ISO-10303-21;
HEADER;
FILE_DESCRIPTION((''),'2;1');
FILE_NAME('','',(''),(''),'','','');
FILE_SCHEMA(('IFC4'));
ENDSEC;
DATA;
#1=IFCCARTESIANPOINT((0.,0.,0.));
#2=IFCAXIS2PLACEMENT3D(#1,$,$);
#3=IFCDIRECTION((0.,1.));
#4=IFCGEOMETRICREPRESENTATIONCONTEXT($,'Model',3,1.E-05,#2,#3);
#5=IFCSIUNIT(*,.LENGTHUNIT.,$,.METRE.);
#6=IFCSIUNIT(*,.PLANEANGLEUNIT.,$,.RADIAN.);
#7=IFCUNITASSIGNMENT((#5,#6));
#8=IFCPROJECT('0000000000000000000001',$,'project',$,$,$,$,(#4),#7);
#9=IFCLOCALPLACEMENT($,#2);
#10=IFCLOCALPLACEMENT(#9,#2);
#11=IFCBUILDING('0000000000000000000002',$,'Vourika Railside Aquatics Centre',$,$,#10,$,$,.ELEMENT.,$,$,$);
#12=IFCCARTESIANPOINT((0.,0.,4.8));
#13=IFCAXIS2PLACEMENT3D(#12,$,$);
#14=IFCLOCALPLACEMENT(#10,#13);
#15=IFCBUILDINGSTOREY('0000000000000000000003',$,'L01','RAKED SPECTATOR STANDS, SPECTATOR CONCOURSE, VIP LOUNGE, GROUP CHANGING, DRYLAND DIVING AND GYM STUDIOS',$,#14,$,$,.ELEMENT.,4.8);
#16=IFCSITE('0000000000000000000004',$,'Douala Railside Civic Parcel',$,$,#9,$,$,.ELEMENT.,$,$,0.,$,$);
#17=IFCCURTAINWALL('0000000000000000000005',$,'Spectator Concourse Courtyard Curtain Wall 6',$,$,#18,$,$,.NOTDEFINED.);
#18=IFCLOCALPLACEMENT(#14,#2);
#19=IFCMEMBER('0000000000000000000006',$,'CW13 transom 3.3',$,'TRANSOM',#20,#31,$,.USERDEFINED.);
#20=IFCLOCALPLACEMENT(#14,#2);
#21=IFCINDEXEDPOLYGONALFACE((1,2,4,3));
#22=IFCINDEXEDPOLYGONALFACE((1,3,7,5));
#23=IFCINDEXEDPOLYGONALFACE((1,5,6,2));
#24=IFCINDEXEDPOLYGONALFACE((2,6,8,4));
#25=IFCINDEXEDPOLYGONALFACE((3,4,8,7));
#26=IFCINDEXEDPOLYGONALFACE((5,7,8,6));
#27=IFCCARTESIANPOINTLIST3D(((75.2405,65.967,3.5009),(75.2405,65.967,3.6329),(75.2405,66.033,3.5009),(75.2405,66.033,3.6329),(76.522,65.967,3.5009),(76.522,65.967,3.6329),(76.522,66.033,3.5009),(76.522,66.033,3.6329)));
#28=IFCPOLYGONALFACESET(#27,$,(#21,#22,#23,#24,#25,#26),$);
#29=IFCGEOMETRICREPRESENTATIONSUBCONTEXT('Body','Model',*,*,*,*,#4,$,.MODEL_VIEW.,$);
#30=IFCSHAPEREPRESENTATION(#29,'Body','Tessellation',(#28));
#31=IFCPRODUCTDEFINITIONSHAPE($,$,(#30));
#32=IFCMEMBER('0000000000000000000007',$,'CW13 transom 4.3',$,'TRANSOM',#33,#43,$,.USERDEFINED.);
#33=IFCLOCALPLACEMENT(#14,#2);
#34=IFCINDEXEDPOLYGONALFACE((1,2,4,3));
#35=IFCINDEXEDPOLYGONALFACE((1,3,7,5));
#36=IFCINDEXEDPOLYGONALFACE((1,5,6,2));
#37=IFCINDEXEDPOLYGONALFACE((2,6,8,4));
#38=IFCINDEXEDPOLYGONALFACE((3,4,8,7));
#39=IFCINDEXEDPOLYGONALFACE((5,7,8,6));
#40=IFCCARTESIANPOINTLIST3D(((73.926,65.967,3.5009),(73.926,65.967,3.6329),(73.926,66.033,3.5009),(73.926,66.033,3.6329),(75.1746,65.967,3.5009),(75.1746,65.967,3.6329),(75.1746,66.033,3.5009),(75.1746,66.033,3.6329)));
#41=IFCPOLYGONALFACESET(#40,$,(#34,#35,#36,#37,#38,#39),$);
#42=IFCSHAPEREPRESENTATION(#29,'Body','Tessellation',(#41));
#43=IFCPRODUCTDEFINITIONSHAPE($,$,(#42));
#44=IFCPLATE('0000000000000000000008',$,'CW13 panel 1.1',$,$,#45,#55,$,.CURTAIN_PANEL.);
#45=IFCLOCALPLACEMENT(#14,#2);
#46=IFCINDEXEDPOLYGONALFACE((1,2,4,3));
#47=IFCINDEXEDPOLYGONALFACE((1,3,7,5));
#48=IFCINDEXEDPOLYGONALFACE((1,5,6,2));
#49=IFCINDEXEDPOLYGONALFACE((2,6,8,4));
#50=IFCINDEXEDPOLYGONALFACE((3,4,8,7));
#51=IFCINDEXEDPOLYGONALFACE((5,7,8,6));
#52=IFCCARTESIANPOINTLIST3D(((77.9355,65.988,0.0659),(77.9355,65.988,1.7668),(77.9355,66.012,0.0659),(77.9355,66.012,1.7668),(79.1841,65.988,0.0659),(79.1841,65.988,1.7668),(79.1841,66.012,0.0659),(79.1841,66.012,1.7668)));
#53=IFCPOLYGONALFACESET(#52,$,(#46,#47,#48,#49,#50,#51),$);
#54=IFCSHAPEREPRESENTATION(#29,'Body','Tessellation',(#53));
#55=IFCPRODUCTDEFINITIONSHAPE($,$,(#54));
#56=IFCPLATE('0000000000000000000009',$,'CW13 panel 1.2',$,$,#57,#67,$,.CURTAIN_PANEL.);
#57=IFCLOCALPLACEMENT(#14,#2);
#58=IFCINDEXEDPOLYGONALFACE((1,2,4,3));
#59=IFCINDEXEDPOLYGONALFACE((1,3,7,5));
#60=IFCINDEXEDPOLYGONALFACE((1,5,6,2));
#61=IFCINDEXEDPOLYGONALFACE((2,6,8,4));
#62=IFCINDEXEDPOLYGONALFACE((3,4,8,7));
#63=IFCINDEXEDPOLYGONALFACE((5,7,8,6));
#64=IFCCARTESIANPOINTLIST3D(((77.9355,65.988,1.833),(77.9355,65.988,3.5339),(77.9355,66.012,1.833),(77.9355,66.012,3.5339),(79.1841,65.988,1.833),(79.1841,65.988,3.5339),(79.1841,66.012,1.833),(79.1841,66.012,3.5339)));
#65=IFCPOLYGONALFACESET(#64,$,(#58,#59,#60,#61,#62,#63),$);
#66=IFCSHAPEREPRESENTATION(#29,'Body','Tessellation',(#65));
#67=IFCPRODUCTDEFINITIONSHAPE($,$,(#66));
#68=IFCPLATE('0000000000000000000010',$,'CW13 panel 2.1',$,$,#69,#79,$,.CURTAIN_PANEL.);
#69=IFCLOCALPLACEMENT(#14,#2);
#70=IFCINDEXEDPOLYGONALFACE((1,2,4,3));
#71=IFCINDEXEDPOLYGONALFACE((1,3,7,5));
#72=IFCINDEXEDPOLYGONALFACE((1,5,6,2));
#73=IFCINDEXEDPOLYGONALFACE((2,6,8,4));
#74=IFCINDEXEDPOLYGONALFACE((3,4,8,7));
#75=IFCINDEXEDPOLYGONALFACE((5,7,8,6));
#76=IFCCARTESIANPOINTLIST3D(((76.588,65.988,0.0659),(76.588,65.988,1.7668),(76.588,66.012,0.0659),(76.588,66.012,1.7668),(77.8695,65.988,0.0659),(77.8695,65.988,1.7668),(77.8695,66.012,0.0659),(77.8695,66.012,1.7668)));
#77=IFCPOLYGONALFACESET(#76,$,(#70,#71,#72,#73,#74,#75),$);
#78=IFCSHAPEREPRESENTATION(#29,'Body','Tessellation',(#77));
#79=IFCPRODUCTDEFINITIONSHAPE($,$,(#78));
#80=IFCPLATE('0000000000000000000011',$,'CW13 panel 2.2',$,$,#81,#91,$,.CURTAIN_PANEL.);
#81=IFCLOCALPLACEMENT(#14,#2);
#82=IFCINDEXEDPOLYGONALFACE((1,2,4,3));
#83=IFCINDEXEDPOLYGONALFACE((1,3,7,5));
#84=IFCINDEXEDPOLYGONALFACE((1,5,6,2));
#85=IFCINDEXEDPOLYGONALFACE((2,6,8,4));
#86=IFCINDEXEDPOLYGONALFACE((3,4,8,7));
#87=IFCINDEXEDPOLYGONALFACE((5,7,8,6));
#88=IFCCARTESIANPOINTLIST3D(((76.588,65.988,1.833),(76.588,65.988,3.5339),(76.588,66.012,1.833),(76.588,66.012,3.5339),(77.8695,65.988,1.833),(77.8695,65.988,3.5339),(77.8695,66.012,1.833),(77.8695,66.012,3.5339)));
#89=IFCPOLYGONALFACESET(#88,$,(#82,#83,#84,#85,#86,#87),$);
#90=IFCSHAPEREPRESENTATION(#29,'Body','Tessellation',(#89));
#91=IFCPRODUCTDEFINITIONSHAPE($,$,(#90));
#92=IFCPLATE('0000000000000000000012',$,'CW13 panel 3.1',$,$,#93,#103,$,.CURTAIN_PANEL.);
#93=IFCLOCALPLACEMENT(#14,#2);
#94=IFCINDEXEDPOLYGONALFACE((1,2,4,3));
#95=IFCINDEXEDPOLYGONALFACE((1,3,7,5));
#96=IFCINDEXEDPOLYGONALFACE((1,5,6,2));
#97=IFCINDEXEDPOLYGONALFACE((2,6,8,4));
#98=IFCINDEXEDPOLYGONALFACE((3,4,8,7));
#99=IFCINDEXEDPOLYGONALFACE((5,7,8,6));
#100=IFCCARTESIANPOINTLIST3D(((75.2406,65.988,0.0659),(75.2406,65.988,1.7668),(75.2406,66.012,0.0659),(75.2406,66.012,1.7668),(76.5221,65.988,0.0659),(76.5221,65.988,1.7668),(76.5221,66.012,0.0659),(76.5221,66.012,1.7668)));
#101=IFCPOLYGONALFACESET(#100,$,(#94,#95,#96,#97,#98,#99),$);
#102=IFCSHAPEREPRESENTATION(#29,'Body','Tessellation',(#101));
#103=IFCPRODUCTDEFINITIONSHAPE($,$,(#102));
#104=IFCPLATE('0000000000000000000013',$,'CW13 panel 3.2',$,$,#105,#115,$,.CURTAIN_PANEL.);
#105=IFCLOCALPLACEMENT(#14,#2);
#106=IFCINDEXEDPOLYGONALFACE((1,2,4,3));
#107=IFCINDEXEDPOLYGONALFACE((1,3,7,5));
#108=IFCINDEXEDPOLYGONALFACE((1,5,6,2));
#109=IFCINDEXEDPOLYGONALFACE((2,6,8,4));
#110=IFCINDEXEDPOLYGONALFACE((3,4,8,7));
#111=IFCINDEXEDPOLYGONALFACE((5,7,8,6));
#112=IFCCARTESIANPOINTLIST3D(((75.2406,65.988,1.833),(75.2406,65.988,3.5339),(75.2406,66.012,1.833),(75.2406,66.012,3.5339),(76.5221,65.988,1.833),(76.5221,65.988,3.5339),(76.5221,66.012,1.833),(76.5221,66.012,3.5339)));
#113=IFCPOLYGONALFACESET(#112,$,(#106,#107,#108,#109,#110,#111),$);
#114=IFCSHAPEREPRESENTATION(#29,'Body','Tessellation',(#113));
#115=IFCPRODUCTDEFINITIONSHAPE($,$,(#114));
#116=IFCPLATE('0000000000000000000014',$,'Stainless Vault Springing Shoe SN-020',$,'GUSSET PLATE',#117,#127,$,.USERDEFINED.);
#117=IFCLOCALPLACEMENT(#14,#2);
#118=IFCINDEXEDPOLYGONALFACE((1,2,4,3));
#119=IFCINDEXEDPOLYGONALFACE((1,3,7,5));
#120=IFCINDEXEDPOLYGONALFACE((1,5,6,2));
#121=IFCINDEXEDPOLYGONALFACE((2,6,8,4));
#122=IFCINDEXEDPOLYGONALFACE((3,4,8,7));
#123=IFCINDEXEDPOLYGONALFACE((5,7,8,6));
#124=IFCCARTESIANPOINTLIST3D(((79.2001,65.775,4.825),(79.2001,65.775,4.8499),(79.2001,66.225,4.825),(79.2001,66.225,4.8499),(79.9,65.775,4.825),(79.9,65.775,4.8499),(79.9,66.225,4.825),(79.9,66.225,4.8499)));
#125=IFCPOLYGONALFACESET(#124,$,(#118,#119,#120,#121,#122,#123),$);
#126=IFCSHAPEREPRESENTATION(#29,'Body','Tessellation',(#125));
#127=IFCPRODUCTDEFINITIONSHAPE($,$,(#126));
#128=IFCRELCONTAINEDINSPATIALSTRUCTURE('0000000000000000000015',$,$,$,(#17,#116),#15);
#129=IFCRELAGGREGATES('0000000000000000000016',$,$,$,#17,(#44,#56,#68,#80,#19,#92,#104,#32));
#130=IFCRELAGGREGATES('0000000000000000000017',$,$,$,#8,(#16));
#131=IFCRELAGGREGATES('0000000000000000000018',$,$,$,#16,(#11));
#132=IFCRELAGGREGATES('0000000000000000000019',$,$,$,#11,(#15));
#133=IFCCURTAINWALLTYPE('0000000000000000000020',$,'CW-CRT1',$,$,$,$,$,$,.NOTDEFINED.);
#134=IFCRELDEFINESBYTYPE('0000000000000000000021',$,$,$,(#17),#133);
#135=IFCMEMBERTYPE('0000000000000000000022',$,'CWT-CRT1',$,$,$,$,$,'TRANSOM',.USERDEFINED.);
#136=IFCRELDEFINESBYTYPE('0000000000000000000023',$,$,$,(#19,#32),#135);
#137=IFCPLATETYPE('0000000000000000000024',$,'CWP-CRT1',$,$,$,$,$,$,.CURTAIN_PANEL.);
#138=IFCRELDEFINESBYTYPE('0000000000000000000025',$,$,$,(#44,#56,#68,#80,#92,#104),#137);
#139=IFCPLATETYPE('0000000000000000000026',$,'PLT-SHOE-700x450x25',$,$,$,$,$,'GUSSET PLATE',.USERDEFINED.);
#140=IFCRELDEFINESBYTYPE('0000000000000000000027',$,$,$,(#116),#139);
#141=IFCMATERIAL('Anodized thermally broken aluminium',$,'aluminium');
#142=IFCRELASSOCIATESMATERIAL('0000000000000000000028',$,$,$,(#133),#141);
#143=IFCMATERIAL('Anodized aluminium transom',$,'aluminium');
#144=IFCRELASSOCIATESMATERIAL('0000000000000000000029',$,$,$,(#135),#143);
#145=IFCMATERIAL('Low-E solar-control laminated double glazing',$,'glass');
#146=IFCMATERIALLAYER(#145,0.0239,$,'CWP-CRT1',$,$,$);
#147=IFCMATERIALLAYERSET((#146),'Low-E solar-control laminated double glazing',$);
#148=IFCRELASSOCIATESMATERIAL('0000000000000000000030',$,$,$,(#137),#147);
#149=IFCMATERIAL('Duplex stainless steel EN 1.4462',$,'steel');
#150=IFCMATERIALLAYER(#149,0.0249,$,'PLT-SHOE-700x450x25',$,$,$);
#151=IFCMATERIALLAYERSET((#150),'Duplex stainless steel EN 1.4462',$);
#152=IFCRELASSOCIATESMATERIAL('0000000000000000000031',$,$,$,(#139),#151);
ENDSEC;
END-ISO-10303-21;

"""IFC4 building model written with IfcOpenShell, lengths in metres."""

from ifc_helpers import new_model, si_unit, direction, frame, origin, origin_2d, place, context, subcontext, project, spatial, rectangle, extrude, material, layer, layer_set, material_profile, profile_set, type_object, element, aggregate, save


model = new_model("IFC4")

# Units and contexts
model_context = context("Model", 3, precision=1e-05, world=origin(), true_north=direction((0.0, 1.0)))
body_context = subcontext(model_context, "Body", "Model", "MODEL_VIEW")
ifc_project = project(units=[si_unit("LENGTHUNIT", "METRE"), si_unit("PLANEANGLEUNIT", "RADIAN")], contexts=[model_context])

# Site, building, storey
site_placement = place(None, origin())
site = spatial("IfcSite", under=ifc_project, at=site_placement, Name="Douala Railside Civic Parcel", CompositionType="ELEMENT", RefElevation=0.0)
building_placement = place(site_placement, origin())
building = spatial("IfcBuilding", under=site, at=building_placement, Name="Vourika Railside Aquatics Centre", CompositionType="ELEMENT")
storey_placement = place(building_placement, frame((0.0, 0.0, 4.8)))
storey = spatial("IfcBuildingStorey", under=building, at=storey_placement, Name="L01", Description="RAKED SPECTATOR STANDS, SPECTATOR CONCOURSE, VIP LOUNGE, GROUP CHANGING, DRYLAND DIVING AND GYM STUDIOS", CompositionType="ELEMENT", Elevation=4.8)

# Curtain wall, members, plates
ifc_material_1 = material(Name="Anodized thermally broken aluminium", Category="aluminium")
curtain_wall_type = type_object("IfcCurtainWallType", Name="CW-CRT1", PredefinedType="NOTDEFINED", material=ifc_material_1)
curtain_wall_placement = place(storey_placement, origin())
curtain_wall = element("IfcCurtainWall", 1, at=curtain_wall_placement, inside=storey, type_object=curtain_wall_type, Name="Spectator Concourse Courtyard Curtain Wall 6", PredefinedType="NOTDEFINED")
ifc_material_2 = material(Name="Anodized aluminium transom", Category="aluminium")
ifc_material_profile_1 = material_profile(ifc_material_2, rectangle(XDim=0.0659, YDim=0.1321, at=origin_2d()), Name="ALU-T 66x132")
ifc_profile_set_1 = profile_set([ifc_material_profile_1], Name="Anodized aluminium transom")
member_type_1 = type_object("IfcMemberType", Name="CWT-CRT1", ElementType="TRANSOM", PredefinedType="USERDEFINED", material=ifc_profile_set_1)
member_1_placement = place(storey_placement, frame((76.522, 66.0, 3.5669), z_axis=(-1.0, 0.0, 0.0), x_axis=(0.0, -1.0, 0.0)))
member_1 = element("IfcMember", 2, at=member_1_placement, type_object=member_type_1, Name="CW13 transom 3.3", ObjectType="TRANSOM", PredefinedType="USERDEFINED", context=body_context, shape_type="SweptSolid", body=[
    extrude(rectangle(XDim=0.0659, YDim=0.1321, at=origin_2d()), origin(), (0.0, 0.0, 1.0), 1.2815),
])
member_2_placement = place(storey_placement, frame((75.1746, 66.0, 3.5669), z_axis=(-1.0, 0.0, 0.0), x_axis=(0.0, -1.0, 0.0)))
member_2 = element("IfcMember", 3, at=member_2_placement, type_object=member_type_1, Name="CW13 transom 4.3", ObjectType="TRANSOM", PredefinedType="USERDEFINED", context=body_context, shape_type="SweptSolid", body=[
    extrude(rectangle(XDim=0.0659, YDim=0.1321, at=origin_2d()), origin(), (0.0, 0.0, 1.0), 1.2485),
])
ifc_material_3 = material(Name="Low-E solar-control laminated double glazing", Category="glass")
ifc_layer_1 = layer(ifc_material_3, 0.0239, Name="CWP-CRT1")
ifc_layer_set_1 = layer_set([ifc_layer_1], Name="Low-E solar-control laminated double glazing")
plate_type_1 = type_object("IfcPlateType", Name="CWP-CRT1", PredefinedType="CURTAIN_PANEL", material=ifc_layer_set_1)
plate_1_placement = place(storey_placement, frame((78.5598, 66.0, 0.0659), z_axis=(0.0, 0.0, 1.0), x_axis=(-1.0, 0.0, 0.0)))
plate_1 = element("IfcPlate", 4, at=plate_1_placement, type_object=plate_type_1, Name="CW13 panel 1.1", PredefinedType="CURTAIN_PANEL", context=body_context, shape_type="SweptSolid", body=[
    extrude(rectangle(XDim=1.2485, YDim=0.0239, at=origin_2d()), origin(), (0.0, 0.0, 1.0), 1.7009),
])
plate_2_placement = place(storey_placement, frame((78.5598, 66.0, 1.833), z_axis=(0.0, 0.0, 1.0), x_axis=(-1.0, 0.0, 0.0)))
plate_2 = element("IfcPlate", 5, at=plate_2_placement, type_object=plate_type_1, Name="CW13 panel 1.2", PredefinedType="CURTAIN_PANEL", context=body_context, shape_type="SweptSolid", body=[
    extrude(rectangle(XDim=1.2485, YDim=0.0239, at=origin_2d()), origin(), (0.0, 0.0, 1.0), 1.7009),
])
plate_3_placement = place(storey_placement, frame((77.2288, 66.0, 0.0659), z_axis=(0.0, 0.0, 1.0), x_axis=(-1.0, 0.0, 0.0)))
plate_3 = element("IfcPlate", 6, at=plate_3_placement, type_object=plate_type_1, Name="CW13 panel 2.1", PredefinedType="CURTAIN_PANEL", context=body_context, shape_type="SweptSolid", body=[
    extrude(rectangle(XDim=1.2815, YDim=0.0239, at=origin_2d()), origin(), (0.0, 0.0, 1.0), 1.7009),
])
plate_4_placement = place(storey_placement, frame((77.2288, 66.0, 1.833), z_axis=(0.0, 0.0, 1.0), x_axis=(-1.0, 0.0, 0.0)))
plate_4 = element("IfcPlate", 7, at=plate_4_placement, type_object=plate_type_1, Name="CW13 panel 2.2", PredefinedType="CURTAIN_PANEL", context=body_context, shape_type="SweptSolid", body=[
    extrude(rectangle(XDim=1.2815, YDim=0.0239, at=origin_2d()), origin(), (0.0, 0.0, 1.0), 1.7009),
])
plate_5_placement = place(storey_placement, frame((75.8813, 66.0, 0.0659), z_axis=(0.0, 0.0, 1.0), x_axis=(-1.0, 0.0, 0.0)))
plate_5 = element("IfcPlate", 8, at=plate_5_placement, type_object=plate_type_1, Name="CW13 panel 3.1", PredefinedType="CURTAIN_PANEL", context=body_context, shape_type="SweptSolid", body=[
    extrude(rectangle(XDim=1.2815, YDim=0.0239, at=origin_2d()), origin(), (0.0, 0.0, 1.0), 1.7009),
])
plate_6_placement = place(storey_placement, frame((75.8813, 66.0, 1.833), z_axis=(0.0, 0.0, 1.0), x_axis=(-1.0, 0.0, 0.0)))
plate_6 = element("IfcPlate", 9, at=plate_6_placement, type_object=plate_type_1, Name="CW13 panel 3.2", PredefinedType="CURTAIN_PANEL", context=body_context, shape_type="SweptSolid", body=[
    extrude(rectangle(XDim=1.2815, YDim=0.0239, at=origin_2d()), origin(), (0.0, 0.0, 1.0), 1.7009),
])
aggregate(curtain_wall, [plate_1, plate_2, plate_3, plate_4, member_1, plate_5, plate_6, member_2])

# Plate
ifc_material_4 = material(Name="Duplex stainless steel EN 1.4462", Category="steel")
ifc_layer_2 = layer(ifc_material_4, 0.0249, Name="PLT-SHOE-700x450x25")
ifc_layer_set_2 = layer_set([ifc_layer_2], Name="Duplex stainless steel EN 1.4462")
plate_type_2 = type_object("IfcPlateType", Name="PLT-SHOE-700x450x25", ElementType="GUSSET PLATE", PredefinedType="USERDEFINED", material=ifc_layer_set_2)
plate_7_placement = place(storey_placement, frame((79.55, 66.0, 4.825), z_axis=(0.0, 0.0, 1.0), x_axis=(1.0, 0.0, 0.0)))
element("IfcPlate", 10, at=plate_7_placement, inside=storey, type_object=plate_type_2, Name="Stainless Vault Springing Shoe SN-020", ObjectType="GUSSET PLATE", PredefinedType="USERDEFINED", context=body_context, shape_type="SweptSolid", body=[
    extrude(rectangle(XDim=0.7, YDim=0.45, at=origin_2d()), origin(), (0.0, 0.0, 1.0), 0.0249),
])

save(model, "model.ifc")
